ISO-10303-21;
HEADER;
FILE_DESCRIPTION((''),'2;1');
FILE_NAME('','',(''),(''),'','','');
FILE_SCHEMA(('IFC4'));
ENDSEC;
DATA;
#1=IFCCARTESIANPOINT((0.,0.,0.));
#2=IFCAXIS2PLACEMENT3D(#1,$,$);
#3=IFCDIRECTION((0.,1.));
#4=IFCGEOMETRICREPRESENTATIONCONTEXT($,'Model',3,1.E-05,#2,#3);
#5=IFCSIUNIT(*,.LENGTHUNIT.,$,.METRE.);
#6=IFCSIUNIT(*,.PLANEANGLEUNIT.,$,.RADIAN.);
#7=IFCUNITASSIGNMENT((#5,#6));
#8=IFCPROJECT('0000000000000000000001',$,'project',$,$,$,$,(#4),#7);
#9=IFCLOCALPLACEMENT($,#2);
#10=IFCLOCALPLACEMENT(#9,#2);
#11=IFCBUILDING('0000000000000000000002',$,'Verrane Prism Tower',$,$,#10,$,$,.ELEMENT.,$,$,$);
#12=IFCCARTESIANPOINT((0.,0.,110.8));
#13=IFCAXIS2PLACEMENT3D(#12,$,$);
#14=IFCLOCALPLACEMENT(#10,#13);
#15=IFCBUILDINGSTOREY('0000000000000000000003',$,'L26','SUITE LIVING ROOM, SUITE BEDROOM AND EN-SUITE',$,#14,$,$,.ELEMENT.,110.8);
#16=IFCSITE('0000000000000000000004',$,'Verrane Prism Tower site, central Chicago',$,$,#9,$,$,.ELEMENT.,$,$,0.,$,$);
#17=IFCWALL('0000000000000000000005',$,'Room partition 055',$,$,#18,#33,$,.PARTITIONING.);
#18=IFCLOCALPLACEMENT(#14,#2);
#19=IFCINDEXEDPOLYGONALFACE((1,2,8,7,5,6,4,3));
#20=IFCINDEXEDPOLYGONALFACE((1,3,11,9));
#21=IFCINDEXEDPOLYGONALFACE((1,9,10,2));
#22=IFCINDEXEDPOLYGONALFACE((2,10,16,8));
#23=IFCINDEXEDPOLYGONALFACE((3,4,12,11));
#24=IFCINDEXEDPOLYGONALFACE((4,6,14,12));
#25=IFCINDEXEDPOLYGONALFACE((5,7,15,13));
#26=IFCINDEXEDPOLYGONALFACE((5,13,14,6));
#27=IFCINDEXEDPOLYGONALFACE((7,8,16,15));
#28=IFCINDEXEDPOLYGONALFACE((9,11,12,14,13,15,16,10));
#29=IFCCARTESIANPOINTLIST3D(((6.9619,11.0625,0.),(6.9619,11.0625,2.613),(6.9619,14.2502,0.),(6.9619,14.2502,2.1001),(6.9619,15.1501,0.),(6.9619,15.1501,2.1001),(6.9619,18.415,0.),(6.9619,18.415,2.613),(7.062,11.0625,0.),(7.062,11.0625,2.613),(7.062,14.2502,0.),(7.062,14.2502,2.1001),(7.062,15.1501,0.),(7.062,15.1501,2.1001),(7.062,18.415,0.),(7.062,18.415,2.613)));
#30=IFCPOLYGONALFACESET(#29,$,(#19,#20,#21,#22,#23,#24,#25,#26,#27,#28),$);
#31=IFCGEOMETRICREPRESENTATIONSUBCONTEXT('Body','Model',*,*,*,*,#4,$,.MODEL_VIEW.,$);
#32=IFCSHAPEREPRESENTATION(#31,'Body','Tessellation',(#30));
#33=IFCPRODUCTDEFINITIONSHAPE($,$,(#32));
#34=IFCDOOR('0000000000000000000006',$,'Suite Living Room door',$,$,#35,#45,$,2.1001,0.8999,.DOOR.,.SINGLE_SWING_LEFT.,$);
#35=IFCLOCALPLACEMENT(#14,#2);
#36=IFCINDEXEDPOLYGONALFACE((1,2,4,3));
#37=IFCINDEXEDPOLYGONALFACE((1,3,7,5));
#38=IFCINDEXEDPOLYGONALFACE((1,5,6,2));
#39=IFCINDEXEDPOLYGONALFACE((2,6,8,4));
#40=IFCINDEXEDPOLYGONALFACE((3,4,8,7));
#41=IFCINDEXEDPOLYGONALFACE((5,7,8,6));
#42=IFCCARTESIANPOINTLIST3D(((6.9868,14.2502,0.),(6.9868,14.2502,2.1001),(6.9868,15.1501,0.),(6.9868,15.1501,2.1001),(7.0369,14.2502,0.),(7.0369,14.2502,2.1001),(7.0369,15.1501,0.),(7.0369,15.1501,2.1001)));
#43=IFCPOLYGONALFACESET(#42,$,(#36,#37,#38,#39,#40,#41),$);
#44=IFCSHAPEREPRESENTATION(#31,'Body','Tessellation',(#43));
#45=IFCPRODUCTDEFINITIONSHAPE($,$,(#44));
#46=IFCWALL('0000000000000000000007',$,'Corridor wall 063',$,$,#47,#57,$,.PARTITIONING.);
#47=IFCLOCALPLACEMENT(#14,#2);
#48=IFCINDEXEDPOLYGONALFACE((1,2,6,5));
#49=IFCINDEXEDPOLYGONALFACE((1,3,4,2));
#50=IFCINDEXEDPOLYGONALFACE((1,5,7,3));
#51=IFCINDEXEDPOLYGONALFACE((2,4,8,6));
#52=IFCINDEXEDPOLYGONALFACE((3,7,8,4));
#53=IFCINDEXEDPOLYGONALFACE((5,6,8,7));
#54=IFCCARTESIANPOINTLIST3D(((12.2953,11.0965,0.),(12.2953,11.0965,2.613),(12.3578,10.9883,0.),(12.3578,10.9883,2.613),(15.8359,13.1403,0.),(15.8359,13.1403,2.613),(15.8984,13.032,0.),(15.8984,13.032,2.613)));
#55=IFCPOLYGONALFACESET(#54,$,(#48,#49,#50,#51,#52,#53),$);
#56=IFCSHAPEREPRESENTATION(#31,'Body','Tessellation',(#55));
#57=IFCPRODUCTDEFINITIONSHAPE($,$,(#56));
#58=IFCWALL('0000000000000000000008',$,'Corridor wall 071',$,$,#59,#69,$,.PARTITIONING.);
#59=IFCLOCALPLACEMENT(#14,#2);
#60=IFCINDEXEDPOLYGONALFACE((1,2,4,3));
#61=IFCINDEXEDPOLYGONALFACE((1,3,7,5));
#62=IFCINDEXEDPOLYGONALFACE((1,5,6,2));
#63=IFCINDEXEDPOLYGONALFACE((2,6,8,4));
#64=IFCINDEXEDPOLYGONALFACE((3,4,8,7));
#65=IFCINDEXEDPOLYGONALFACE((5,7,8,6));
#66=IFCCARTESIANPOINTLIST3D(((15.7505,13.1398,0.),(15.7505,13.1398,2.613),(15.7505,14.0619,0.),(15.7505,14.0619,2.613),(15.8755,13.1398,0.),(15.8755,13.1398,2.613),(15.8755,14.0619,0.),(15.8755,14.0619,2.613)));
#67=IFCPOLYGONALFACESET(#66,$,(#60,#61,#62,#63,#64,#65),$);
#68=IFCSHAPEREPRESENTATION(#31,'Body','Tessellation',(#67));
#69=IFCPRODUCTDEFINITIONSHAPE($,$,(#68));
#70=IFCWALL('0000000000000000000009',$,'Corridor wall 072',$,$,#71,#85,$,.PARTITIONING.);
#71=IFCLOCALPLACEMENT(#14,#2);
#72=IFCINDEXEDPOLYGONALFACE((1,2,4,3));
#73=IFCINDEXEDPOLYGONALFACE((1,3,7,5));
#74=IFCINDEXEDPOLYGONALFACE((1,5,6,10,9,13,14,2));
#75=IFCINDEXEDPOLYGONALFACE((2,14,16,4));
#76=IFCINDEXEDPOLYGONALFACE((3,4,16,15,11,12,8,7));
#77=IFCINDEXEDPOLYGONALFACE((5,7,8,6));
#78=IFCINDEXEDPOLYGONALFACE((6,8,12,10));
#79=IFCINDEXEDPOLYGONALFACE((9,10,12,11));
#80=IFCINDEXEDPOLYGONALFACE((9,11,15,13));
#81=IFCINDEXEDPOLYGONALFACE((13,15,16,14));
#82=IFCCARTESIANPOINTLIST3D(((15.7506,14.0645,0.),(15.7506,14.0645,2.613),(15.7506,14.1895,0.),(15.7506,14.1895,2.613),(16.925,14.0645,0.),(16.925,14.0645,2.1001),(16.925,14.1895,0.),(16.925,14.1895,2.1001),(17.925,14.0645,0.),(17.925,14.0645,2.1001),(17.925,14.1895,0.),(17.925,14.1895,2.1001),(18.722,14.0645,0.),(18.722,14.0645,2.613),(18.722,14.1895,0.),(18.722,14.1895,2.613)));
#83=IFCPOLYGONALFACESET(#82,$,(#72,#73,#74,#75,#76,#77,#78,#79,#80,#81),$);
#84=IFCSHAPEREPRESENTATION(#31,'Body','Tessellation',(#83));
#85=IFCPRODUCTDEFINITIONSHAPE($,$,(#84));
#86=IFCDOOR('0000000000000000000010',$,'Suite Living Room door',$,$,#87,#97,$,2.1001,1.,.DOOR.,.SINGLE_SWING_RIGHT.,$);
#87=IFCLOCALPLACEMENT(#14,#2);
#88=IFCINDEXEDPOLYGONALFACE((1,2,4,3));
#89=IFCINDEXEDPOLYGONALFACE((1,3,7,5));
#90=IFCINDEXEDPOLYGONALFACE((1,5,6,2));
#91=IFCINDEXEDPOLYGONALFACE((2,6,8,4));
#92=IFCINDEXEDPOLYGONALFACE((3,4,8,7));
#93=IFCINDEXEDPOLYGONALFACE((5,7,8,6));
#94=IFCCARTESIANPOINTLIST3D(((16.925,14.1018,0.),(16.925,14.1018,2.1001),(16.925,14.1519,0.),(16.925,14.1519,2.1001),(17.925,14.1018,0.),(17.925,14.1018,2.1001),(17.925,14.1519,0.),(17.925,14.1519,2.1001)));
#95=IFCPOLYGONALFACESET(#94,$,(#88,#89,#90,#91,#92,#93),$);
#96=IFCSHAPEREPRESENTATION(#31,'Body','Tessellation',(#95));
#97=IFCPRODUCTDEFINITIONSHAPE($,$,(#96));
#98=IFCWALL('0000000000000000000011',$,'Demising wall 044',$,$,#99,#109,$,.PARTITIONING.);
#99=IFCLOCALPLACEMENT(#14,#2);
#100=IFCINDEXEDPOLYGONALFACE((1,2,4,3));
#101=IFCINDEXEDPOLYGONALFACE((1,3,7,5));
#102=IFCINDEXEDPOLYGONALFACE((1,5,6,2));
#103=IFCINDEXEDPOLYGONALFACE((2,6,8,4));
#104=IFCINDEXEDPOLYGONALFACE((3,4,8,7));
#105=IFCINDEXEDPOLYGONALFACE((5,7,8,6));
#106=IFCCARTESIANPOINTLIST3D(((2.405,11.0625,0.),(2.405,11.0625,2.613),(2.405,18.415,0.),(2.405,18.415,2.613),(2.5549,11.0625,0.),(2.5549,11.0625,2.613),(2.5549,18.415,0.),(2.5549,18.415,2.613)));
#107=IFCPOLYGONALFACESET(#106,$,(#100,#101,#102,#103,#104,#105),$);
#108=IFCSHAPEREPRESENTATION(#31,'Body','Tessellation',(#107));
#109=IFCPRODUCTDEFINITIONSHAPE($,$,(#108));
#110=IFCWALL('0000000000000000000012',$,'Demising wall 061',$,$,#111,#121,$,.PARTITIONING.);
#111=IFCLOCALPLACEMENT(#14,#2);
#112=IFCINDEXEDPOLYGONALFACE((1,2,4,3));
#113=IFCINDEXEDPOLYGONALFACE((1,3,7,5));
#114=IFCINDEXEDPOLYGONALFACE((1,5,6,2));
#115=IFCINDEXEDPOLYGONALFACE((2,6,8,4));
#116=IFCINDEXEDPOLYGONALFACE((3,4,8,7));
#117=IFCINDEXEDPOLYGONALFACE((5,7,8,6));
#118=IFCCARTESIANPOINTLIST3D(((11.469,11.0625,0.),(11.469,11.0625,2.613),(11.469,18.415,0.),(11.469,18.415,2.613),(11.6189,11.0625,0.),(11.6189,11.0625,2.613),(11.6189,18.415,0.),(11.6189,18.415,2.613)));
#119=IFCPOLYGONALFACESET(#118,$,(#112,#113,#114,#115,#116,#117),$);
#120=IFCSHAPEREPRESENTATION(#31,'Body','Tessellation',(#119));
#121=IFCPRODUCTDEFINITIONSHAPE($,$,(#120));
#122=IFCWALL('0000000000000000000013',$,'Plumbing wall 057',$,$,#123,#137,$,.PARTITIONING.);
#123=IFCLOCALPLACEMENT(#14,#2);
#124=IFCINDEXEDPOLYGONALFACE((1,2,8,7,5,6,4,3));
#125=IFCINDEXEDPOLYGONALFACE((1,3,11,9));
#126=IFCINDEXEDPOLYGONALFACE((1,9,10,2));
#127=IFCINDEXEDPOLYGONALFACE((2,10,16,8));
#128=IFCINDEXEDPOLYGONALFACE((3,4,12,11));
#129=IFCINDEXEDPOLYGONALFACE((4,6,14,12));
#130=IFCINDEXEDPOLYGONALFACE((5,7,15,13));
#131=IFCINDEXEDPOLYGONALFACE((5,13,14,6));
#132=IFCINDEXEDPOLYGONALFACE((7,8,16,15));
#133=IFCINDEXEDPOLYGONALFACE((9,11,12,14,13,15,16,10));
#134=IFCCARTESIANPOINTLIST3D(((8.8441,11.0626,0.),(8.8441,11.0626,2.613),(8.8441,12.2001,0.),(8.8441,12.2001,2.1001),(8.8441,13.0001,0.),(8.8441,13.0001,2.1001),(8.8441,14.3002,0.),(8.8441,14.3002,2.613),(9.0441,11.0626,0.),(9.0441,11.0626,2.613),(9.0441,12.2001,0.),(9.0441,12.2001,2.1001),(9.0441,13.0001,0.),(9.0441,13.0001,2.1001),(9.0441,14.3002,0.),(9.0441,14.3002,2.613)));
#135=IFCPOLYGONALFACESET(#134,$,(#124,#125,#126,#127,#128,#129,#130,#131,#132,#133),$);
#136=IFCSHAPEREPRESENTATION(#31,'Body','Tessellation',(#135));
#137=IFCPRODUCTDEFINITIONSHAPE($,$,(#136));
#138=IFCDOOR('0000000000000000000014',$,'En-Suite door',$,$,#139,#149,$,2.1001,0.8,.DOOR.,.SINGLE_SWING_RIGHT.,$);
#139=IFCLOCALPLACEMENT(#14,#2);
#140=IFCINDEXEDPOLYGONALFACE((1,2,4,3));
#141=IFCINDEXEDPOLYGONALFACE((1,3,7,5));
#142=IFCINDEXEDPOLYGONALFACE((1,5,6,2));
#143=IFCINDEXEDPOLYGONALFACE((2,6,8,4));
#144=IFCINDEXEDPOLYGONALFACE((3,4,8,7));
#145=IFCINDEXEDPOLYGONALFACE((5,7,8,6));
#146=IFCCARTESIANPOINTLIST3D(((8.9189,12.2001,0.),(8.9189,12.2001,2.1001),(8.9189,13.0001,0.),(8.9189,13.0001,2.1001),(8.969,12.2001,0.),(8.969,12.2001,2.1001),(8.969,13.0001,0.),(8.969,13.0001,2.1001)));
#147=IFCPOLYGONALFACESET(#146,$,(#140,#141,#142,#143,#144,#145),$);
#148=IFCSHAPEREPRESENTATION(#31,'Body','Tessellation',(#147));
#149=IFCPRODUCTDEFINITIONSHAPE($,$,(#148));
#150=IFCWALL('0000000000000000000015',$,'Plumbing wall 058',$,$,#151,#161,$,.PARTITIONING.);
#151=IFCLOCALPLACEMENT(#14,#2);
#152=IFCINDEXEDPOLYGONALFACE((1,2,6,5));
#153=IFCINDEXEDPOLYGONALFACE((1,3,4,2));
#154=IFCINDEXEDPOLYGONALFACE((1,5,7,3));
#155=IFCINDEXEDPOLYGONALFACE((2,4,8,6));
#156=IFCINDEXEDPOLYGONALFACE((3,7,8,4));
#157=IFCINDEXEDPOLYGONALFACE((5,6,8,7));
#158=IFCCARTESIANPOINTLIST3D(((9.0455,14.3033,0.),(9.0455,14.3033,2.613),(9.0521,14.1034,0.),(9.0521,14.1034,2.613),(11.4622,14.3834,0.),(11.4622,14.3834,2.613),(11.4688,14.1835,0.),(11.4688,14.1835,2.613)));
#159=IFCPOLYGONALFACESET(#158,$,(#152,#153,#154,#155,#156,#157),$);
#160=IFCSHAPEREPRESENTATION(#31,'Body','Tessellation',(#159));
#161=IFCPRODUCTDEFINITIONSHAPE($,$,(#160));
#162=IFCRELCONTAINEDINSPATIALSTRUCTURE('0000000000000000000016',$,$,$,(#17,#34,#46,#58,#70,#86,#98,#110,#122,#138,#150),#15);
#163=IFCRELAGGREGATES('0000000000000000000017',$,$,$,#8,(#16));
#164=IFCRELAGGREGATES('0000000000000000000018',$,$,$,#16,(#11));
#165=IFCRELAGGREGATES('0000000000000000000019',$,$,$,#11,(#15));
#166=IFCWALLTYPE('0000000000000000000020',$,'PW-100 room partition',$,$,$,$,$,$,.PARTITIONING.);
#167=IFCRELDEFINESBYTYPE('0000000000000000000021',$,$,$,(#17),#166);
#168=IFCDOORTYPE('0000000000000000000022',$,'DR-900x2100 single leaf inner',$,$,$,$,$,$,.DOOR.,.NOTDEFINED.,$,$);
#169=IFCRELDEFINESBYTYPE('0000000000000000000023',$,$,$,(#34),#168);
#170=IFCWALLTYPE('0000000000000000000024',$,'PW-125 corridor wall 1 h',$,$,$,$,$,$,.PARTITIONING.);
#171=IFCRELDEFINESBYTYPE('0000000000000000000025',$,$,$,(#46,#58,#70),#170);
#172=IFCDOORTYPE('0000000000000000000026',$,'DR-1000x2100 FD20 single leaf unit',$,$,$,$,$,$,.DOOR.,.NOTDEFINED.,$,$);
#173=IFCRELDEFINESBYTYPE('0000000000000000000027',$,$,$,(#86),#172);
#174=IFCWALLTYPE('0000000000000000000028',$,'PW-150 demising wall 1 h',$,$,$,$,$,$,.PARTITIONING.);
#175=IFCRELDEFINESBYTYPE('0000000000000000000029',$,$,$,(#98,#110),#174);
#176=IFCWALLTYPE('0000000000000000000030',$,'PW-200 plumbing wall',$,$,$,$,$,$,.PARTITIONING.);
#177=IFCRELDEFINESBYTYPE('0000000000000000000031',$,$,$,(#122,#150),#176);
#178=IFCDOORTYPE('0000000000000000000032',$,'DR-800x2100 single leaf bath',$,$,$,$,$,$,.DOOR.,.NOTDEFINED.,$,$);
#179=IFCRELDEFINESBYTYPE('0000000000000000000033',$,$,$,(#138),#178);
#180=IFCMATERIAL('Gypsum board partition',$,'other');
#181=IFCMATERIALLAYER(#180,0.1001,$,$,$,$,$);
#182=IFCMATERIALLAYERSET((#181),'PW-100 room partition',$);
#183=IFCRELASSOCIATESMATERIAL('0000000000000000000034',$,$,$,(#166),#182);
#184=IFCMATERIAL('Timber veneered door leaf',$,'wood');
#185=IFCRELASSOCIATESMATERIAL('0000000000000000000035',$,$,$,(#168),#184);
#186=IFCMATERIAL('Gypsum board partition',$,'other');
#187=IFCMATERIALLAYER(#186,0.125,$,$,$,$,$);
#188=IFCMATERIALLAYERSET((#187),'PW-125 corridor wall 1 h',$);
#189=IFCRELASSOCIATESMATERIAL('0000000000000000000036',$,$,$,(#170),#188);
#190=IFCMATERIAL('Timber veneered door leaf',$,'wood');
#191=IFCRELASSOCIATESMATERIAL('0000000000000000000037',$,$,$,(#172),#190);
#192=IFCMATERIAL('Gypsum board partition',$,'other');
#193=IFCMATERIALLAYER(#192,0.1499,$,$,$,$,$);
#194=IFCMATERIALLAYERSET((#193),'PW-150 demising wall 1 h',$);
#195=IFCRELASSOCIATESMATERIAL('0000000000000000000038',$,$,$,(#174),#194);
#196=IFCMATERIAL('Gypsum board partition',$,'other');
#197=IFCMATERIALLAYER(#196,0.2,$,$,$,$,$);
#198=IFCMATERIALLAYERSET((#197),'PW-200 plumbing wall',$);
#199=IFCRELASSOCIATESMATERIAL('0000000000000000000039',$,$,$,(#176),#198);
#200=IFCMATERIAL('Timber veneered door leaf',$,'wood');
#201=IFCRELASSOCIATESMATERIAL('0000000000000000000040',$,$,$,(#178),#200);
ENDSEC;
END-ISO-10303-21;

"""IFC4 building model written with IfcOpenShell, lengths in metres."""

from ifc_helpers import new_model, si_unit, direction, frame, frame_2d, origin, place, context, subcontext, project, spatial, rectangle, extrude, material, layer, layer_set, type_object, element, fill, save


model = new_model("IFC4")

# Units and contexts
model_context = context("Model", 3, precision=1e-05, world=origin(), true_north=direction((0.0, 1.0)))
body_context = subcontext(model_context, "Body", "Model", "MODEL_VIEW")
ifc_project = project(units=[si_unit("LENGTHUNIT", "METRE"), si_unit("PLANEANGLEUNIT", "RADIAN")], contexts=[model_context])

# Site, building, storey
site_placement = place(None, origin())
site = spatial("IfcSite", under=ifc_project, at=site_placement, Name="Verrane Prism Tower site, central Chicago", CompositionType="ELEMENT", RefElevation=0.0)
building_placement = place(site_placement, origin())
building = spatial("IfcBuilding", under=site, at=building_placement, Name="Verrane Prism Tower", CompositionType="ELEMENT")
storey_placement = place(building_placement, frame((0.0, 0.0, 110.8)))
storey = spatial("IfcBuildingStorey", under=building, at=storey_placement, Name="L26", Description="SUITE LIVING ROOM, SUITE BEDROOM AND EN-SUITE", CompositionType="ELEMENT", Elevation=110.8)

# Wall, opening, door
ifc_material_1 = material(Name="Gypsum board partition", Category="other")
ifc_layer_1 = layer(ifc_material_1, 0.1001)
ifc_layer_set_1 = layer_set([ifc_layer_1], Name="PW-100 room partition")
wall_type_1 = type_object("IfcWallType", Name="PW-100 room partition", PredefinedType="PARTITIONING", material=ifc_layer_set_1)
wall_1_placement = place(storey_placement, frame((7.012, 18.415, 0.0), z_axis=(0.0, 0.0, 1.0), x_axis=(0.0, -1.0, 0.0)))
wall_1 = element("IfcWall", 1, at=wall_1_placement, inside=storey, type_object=wall_type_1, Name="Room partition 055", PredefinedType="PARTITIONING", context=body_context, shape_type="SweptSolid", body=[
    extrude(rectangle(XDim=7.3525, YDim=0.1001, at=frame_2d((3.6763, 0.0))), origin(), (0.0, 0.0, 1.0), 2.613),
])
opening_1_placement = place(wall_1_placement, frame((3.2649, 0.0, 0.0)))
opening_1 = element("IfcOpeningElement", 2, at=opening_1_placement, cuts=wall_1, PredefinedType="OPENING", context=body_context, shape_type="SweptSolid", body=[
    extrude(rectangle(XDim=0.8999, YDim=2.1001, at=frame_2d((0.45, 1.05))), frame((0.0, 0.0601, 0.0), z_axis=(0.0, -1.0, 0.0), x_axis=(1.0, 0.0, 0.0)), (0.0, 0.0, 1.0), 0.1201),
])
ifc_material_2 = material(Name="Timber veneered door leaf", Category="wood")
door_type_1 = type_object("IfcDoorType", Name="DR-900x2100 single leaf inner", OperationType="NOTDEFINED", PredefinedType="DOOR", material=ifc_material_2)
door_1_placement = place(opening_1_placement, origin())
door_1 = element("IfcDoor", 3, at=door_1_placement, inside=storey, type_object=door_type_1, Name="Suite Living Room door", OperationType="SINGLE_SWING_LEFT", OverallHeight=2.1001, OverallWidth=0.8999, PredefinedType="DOOR", context=body_context, shape_type="SweptSolid", body=[
    extrude(rectangle(XDim=0.8999, YDim=2.1001, at=frame_2d((0.45, 1.05))), frame((0.0, 0.0249, 0.0), z_axis=(0.0, -1.0, 0.0), x_axis=(1.0, 0.0, 0.0)), (0.0, 0.0, 1.0), 0.05),
])
fill(opening_1, door_1)

# Walls
ifc_material_3 = material(Name="Gypsum board partition", Category="other")
ifc_layer_2 = layer(ifc_material_3, 0.125)
ifc_layer_set_2 = layer_set([ifc_layer_2], Name="PW-125 corridor wall 1 h")
wall_type_2 = type_object("IfcWallType", Name="PW-125 corridor wall 1 h", PredefinedType="PARTITIONING", material=ifc_layer_set_2)
wall_2_placement = place(storey_placement, frame((12.3267, 11.0425, 0.0), z_axis=(0.0, 0.0, 1.0), x_axis=(0.86607, 0.499922, 0.0)))
element("IfcWall", 4, at=wall_2_placement, inside=storey, type_object=wall_type_2, Name="Corridor wall 063", PredefinedType="PARTITIONING", context=body_context, shape_type="SweptSolid", body=[
    extrude(rectangle(XDim=4.0881, YDim=0.125, at=frame_2d((2.0439, 0.0))), origin(), (0.0, 0.0, 1.0), 2.613),
])
wall_3_placement = place(storey_placement, frame((15.813, 13.1399, 0.0), z_axis=(0.0, 0.0, 1.0), x_axis=(0.0, 1.0, 0.0)))
element("IfcWall", 5, at=wall_3_placement, inside=storey, type_object=wall_type_2, Name="Corridor wall 071", PredefinedType="PARTITIONING", context=body_context, shape_type="SweptSolid", body=[
    extrude(rectangle(XDim=0.9221, YDim=0.125, at=frame_2d((0.4609, 0.0))), origin(), (0.0, 0.0, 1.0), 2.613),
])

# Wall, opening, door
wall_4_placement = place(storey_placement, frame((15.7505, 14.127, 0.0), z_axis=(0.0, 0.0, 1.0), x_axis=(1.0, 0.0, 0.0)))
wall_4 = element("IfcWall", 6, at=wall_4_placement, inside=storey, type_object=wall_type_2, Name="Corridor wall 072", PredefinedType="PARTITIONING", context=body_context, shape_type="SweptSolid", body=[
    extrude(rectangle(XDim=2.9714, YDim=0.125, at=frame_2d((1.4858, 0.0))), origin(), (0.0, 0.0, 1.0), 2.613),
])
opening_2_placement = place(wall_4_placement, frame((1.1746, 0.0, 0.0)))
opening_2 = element("IfcOpeningElement", 7, at=opening_2_placement, cuts=wall_4, PredefinedType="OPENING", context=body_context, shape_type="SweptSolid", body=[
    extrude(rectangle(XDim=1.0, YDim=2.1001, at=frame_2d((0.5, 1.05))), frame((0.0, 0.0725, 0.0), z_axis=(0.0, -1.0, 0.0), x_axis=(1.0, 0.0, 0.0)), (0.0, 0.0, 1.0), 0.145),
])
ifc_material_4 = material(Name="Timber veneered door leaf", Category="wood")
door_type_2 = type_object("IfcDoorType", Name="DR-1000x2100 FD20 single leaf unit", OperationType="NOTDEFINED", PredefinedType="DOOR", material=ifc_material_4)
door_2_placement = place(opening_2_placement, origin())
door_2 = element("IfcDoor", 8, at=door_2_placement, inside=storey, type_object=door_type_2, Name="Suite Living Room door", OperationType="SINGLE_SWING_RIGHT", OverallHeight=2.1001, OverallWidth=1.0, PredefinedType="DOOR", context=body_context, shape_type="SweptSolid", body=[
    extrude(rectangle(XDim=1.0, YDim=2.1001, at=frame_2d((0.5, 1.05))), frame((0.0, 0.0249, 0.0), z_axis=(0.0, -1.0, 0.0), x_axis=(1.0, 0.0, 0.0)), (0.0, 0.0, 1.0), 0.05),
])
fill(opening_2, door_2)

# Walls
ifc_material_5 = material(Name="Gypsum board partition", Category="other")
ifc_layer_3 = layer(ifc_material_5, 0.1499)
ifc_layer_set_3 = layer_set([ifc_layer_3], Name="PW-150 demising wall 1 h")
wall_type_3 = type_object("IfcWallType", Name="PW-150 demising wall 1 h", PredefinedType="PARTITIONING", material=ifc_layer_set_3)
for number, where, z_axis, x_axis, name in (
    (9, (2.48, 11.0625, 0.0), (0.0, 0.0, 1.0), (0.0, 1.0, 0.0), "Demising wall 044"),
    (10, (11.5439, 11.0625, 0.0), (0.0, 0.0, 1.0), (0.0, 1.0, 0.0), "Demising wall 061"),
):
    element("IfcWall", number, at=place(storey_placement, frame(where, z_axis=z_axis, x_axis=x_axis)), inside=storey, type_object=wall_type_3, Name=name, PredefinedType="PARTITIONING", context=body_context, shape_type="SweptSolid", body=[
        extrude(rectangle(XDim=7.3525, YDim=0.1499, at=frame_2d((3.6763, 0.0))), origin(), (0.0, 0.0, 1.0), 2.613),
    ])

# Wall, opening, door
ifc_material_6 = material(Name="Gypsum board partition", Category="other")
ifc_layer_4 = layer(ifc_material_6, 0.2)
ifc_layer_set_4 = layer_set([ifc_layer_4], Name="PW-200 plumbing wall")
wall_type_4 = type_object("IfcWallType", Name="PW-200 plumbing wall", PredefinedType="PARTITIONING", material=ifc_layer_set_4)
wall_5_placement = place(storey_placement, frame((8.9441, 14.3, 0.0), z_axis=(0.0, 0.0, 1.0), x_axis=(0.0, -1.0, 0.0)))
wall_5 = element("IfcWall", 11, at=wall_5_placement, inside=storey, type_object=wall_type_4, Name="Plumbing wall 057", PredefinedType="PARTITIONING", context=body_context, shape_type="SweptSolid", body=[
    extrude(rectangle(XDim=3.2375, YDim=0.2, at=frame_2d((1.6187, 0.0))), origin(), (0.0, 0.0, 1.0), 2.613),
])
opening_3_placement = place(wall_5_placement, frame((1.3, 0.0, 0.0)))
opening_3 = element("IfcOpeningElement", 12, at=opening_3_placement, cuts=wall_5, PredefinedType="OPENING", context=body_context, shape_type="SweptSolid", body=[
    extrude(rectangle(XDim=0.8, YDim=2.1001, at=frame_2d((0.3999, 1.05))), frame((0.0, 0.1099, 0.0), z_axis=(0.0, -1.0, 0.0), x_axis=(1.0, 0.0, 0.0)), (0.0, 0.0, 1.0), 0.22),
])
ifc_material_7 = material(Name="Timber veneered door leaf", Category="wood")
door_type_3 = type_object("IfcDoorType", Name="DR-800x2100 single leaf bath", OperationType="NOTDEFINED", PredefinedType="DOOR", material=ifc_material_7)
door_3_placement = place(opening_3_placement, origin())
door_3 = element("IfcDoor", 13, at=door_3_placement, inside=storey, type_object=door_type_3, Name="En-Suite door", OperationType="SINGLE_SWING_RIGHT", OverallHeight=2.1001, OverallWidth=0.8, PredefinedType="DOOR", context=body_context, shape_type="SweptSolid", body=[
    extrude(rectangle(XDim=0.8, YDim=2.1001, at=frame_2d((0.3999, 1.05))), frame((0.0, 0.0249, 0.0), z_axis=(0.0, -1.0, 0.0), x_axis=(1.0, 0.0, 0.0)), (0.0, 0.0, 1.0), 0.05),
])
fill(opening_3, door_3)

# Wall
wall_6_placement = place(storey_placement, frame((9.0488, 14.2034, 0.0), z_axis=(0.0, 0.0, 1.0), x_axis=(0.999451, 0.033116, 0.0)))
element("IfcWall", 14, at=wall_6_placement, inside=storey, type_object=wall_type_4, Name="Plumbing wall 058", PredefinedType="PARTITIONING", context=body_context, shape_type="SweptSolid", body=[
    extrude(rectangle(XDim=2.418, YDim=0.2, at=frame_2d((1.209, 0.0))), origin(), (0.0, 0.0, 1.0), 2.613),
])

save(model, "model.ifc")
